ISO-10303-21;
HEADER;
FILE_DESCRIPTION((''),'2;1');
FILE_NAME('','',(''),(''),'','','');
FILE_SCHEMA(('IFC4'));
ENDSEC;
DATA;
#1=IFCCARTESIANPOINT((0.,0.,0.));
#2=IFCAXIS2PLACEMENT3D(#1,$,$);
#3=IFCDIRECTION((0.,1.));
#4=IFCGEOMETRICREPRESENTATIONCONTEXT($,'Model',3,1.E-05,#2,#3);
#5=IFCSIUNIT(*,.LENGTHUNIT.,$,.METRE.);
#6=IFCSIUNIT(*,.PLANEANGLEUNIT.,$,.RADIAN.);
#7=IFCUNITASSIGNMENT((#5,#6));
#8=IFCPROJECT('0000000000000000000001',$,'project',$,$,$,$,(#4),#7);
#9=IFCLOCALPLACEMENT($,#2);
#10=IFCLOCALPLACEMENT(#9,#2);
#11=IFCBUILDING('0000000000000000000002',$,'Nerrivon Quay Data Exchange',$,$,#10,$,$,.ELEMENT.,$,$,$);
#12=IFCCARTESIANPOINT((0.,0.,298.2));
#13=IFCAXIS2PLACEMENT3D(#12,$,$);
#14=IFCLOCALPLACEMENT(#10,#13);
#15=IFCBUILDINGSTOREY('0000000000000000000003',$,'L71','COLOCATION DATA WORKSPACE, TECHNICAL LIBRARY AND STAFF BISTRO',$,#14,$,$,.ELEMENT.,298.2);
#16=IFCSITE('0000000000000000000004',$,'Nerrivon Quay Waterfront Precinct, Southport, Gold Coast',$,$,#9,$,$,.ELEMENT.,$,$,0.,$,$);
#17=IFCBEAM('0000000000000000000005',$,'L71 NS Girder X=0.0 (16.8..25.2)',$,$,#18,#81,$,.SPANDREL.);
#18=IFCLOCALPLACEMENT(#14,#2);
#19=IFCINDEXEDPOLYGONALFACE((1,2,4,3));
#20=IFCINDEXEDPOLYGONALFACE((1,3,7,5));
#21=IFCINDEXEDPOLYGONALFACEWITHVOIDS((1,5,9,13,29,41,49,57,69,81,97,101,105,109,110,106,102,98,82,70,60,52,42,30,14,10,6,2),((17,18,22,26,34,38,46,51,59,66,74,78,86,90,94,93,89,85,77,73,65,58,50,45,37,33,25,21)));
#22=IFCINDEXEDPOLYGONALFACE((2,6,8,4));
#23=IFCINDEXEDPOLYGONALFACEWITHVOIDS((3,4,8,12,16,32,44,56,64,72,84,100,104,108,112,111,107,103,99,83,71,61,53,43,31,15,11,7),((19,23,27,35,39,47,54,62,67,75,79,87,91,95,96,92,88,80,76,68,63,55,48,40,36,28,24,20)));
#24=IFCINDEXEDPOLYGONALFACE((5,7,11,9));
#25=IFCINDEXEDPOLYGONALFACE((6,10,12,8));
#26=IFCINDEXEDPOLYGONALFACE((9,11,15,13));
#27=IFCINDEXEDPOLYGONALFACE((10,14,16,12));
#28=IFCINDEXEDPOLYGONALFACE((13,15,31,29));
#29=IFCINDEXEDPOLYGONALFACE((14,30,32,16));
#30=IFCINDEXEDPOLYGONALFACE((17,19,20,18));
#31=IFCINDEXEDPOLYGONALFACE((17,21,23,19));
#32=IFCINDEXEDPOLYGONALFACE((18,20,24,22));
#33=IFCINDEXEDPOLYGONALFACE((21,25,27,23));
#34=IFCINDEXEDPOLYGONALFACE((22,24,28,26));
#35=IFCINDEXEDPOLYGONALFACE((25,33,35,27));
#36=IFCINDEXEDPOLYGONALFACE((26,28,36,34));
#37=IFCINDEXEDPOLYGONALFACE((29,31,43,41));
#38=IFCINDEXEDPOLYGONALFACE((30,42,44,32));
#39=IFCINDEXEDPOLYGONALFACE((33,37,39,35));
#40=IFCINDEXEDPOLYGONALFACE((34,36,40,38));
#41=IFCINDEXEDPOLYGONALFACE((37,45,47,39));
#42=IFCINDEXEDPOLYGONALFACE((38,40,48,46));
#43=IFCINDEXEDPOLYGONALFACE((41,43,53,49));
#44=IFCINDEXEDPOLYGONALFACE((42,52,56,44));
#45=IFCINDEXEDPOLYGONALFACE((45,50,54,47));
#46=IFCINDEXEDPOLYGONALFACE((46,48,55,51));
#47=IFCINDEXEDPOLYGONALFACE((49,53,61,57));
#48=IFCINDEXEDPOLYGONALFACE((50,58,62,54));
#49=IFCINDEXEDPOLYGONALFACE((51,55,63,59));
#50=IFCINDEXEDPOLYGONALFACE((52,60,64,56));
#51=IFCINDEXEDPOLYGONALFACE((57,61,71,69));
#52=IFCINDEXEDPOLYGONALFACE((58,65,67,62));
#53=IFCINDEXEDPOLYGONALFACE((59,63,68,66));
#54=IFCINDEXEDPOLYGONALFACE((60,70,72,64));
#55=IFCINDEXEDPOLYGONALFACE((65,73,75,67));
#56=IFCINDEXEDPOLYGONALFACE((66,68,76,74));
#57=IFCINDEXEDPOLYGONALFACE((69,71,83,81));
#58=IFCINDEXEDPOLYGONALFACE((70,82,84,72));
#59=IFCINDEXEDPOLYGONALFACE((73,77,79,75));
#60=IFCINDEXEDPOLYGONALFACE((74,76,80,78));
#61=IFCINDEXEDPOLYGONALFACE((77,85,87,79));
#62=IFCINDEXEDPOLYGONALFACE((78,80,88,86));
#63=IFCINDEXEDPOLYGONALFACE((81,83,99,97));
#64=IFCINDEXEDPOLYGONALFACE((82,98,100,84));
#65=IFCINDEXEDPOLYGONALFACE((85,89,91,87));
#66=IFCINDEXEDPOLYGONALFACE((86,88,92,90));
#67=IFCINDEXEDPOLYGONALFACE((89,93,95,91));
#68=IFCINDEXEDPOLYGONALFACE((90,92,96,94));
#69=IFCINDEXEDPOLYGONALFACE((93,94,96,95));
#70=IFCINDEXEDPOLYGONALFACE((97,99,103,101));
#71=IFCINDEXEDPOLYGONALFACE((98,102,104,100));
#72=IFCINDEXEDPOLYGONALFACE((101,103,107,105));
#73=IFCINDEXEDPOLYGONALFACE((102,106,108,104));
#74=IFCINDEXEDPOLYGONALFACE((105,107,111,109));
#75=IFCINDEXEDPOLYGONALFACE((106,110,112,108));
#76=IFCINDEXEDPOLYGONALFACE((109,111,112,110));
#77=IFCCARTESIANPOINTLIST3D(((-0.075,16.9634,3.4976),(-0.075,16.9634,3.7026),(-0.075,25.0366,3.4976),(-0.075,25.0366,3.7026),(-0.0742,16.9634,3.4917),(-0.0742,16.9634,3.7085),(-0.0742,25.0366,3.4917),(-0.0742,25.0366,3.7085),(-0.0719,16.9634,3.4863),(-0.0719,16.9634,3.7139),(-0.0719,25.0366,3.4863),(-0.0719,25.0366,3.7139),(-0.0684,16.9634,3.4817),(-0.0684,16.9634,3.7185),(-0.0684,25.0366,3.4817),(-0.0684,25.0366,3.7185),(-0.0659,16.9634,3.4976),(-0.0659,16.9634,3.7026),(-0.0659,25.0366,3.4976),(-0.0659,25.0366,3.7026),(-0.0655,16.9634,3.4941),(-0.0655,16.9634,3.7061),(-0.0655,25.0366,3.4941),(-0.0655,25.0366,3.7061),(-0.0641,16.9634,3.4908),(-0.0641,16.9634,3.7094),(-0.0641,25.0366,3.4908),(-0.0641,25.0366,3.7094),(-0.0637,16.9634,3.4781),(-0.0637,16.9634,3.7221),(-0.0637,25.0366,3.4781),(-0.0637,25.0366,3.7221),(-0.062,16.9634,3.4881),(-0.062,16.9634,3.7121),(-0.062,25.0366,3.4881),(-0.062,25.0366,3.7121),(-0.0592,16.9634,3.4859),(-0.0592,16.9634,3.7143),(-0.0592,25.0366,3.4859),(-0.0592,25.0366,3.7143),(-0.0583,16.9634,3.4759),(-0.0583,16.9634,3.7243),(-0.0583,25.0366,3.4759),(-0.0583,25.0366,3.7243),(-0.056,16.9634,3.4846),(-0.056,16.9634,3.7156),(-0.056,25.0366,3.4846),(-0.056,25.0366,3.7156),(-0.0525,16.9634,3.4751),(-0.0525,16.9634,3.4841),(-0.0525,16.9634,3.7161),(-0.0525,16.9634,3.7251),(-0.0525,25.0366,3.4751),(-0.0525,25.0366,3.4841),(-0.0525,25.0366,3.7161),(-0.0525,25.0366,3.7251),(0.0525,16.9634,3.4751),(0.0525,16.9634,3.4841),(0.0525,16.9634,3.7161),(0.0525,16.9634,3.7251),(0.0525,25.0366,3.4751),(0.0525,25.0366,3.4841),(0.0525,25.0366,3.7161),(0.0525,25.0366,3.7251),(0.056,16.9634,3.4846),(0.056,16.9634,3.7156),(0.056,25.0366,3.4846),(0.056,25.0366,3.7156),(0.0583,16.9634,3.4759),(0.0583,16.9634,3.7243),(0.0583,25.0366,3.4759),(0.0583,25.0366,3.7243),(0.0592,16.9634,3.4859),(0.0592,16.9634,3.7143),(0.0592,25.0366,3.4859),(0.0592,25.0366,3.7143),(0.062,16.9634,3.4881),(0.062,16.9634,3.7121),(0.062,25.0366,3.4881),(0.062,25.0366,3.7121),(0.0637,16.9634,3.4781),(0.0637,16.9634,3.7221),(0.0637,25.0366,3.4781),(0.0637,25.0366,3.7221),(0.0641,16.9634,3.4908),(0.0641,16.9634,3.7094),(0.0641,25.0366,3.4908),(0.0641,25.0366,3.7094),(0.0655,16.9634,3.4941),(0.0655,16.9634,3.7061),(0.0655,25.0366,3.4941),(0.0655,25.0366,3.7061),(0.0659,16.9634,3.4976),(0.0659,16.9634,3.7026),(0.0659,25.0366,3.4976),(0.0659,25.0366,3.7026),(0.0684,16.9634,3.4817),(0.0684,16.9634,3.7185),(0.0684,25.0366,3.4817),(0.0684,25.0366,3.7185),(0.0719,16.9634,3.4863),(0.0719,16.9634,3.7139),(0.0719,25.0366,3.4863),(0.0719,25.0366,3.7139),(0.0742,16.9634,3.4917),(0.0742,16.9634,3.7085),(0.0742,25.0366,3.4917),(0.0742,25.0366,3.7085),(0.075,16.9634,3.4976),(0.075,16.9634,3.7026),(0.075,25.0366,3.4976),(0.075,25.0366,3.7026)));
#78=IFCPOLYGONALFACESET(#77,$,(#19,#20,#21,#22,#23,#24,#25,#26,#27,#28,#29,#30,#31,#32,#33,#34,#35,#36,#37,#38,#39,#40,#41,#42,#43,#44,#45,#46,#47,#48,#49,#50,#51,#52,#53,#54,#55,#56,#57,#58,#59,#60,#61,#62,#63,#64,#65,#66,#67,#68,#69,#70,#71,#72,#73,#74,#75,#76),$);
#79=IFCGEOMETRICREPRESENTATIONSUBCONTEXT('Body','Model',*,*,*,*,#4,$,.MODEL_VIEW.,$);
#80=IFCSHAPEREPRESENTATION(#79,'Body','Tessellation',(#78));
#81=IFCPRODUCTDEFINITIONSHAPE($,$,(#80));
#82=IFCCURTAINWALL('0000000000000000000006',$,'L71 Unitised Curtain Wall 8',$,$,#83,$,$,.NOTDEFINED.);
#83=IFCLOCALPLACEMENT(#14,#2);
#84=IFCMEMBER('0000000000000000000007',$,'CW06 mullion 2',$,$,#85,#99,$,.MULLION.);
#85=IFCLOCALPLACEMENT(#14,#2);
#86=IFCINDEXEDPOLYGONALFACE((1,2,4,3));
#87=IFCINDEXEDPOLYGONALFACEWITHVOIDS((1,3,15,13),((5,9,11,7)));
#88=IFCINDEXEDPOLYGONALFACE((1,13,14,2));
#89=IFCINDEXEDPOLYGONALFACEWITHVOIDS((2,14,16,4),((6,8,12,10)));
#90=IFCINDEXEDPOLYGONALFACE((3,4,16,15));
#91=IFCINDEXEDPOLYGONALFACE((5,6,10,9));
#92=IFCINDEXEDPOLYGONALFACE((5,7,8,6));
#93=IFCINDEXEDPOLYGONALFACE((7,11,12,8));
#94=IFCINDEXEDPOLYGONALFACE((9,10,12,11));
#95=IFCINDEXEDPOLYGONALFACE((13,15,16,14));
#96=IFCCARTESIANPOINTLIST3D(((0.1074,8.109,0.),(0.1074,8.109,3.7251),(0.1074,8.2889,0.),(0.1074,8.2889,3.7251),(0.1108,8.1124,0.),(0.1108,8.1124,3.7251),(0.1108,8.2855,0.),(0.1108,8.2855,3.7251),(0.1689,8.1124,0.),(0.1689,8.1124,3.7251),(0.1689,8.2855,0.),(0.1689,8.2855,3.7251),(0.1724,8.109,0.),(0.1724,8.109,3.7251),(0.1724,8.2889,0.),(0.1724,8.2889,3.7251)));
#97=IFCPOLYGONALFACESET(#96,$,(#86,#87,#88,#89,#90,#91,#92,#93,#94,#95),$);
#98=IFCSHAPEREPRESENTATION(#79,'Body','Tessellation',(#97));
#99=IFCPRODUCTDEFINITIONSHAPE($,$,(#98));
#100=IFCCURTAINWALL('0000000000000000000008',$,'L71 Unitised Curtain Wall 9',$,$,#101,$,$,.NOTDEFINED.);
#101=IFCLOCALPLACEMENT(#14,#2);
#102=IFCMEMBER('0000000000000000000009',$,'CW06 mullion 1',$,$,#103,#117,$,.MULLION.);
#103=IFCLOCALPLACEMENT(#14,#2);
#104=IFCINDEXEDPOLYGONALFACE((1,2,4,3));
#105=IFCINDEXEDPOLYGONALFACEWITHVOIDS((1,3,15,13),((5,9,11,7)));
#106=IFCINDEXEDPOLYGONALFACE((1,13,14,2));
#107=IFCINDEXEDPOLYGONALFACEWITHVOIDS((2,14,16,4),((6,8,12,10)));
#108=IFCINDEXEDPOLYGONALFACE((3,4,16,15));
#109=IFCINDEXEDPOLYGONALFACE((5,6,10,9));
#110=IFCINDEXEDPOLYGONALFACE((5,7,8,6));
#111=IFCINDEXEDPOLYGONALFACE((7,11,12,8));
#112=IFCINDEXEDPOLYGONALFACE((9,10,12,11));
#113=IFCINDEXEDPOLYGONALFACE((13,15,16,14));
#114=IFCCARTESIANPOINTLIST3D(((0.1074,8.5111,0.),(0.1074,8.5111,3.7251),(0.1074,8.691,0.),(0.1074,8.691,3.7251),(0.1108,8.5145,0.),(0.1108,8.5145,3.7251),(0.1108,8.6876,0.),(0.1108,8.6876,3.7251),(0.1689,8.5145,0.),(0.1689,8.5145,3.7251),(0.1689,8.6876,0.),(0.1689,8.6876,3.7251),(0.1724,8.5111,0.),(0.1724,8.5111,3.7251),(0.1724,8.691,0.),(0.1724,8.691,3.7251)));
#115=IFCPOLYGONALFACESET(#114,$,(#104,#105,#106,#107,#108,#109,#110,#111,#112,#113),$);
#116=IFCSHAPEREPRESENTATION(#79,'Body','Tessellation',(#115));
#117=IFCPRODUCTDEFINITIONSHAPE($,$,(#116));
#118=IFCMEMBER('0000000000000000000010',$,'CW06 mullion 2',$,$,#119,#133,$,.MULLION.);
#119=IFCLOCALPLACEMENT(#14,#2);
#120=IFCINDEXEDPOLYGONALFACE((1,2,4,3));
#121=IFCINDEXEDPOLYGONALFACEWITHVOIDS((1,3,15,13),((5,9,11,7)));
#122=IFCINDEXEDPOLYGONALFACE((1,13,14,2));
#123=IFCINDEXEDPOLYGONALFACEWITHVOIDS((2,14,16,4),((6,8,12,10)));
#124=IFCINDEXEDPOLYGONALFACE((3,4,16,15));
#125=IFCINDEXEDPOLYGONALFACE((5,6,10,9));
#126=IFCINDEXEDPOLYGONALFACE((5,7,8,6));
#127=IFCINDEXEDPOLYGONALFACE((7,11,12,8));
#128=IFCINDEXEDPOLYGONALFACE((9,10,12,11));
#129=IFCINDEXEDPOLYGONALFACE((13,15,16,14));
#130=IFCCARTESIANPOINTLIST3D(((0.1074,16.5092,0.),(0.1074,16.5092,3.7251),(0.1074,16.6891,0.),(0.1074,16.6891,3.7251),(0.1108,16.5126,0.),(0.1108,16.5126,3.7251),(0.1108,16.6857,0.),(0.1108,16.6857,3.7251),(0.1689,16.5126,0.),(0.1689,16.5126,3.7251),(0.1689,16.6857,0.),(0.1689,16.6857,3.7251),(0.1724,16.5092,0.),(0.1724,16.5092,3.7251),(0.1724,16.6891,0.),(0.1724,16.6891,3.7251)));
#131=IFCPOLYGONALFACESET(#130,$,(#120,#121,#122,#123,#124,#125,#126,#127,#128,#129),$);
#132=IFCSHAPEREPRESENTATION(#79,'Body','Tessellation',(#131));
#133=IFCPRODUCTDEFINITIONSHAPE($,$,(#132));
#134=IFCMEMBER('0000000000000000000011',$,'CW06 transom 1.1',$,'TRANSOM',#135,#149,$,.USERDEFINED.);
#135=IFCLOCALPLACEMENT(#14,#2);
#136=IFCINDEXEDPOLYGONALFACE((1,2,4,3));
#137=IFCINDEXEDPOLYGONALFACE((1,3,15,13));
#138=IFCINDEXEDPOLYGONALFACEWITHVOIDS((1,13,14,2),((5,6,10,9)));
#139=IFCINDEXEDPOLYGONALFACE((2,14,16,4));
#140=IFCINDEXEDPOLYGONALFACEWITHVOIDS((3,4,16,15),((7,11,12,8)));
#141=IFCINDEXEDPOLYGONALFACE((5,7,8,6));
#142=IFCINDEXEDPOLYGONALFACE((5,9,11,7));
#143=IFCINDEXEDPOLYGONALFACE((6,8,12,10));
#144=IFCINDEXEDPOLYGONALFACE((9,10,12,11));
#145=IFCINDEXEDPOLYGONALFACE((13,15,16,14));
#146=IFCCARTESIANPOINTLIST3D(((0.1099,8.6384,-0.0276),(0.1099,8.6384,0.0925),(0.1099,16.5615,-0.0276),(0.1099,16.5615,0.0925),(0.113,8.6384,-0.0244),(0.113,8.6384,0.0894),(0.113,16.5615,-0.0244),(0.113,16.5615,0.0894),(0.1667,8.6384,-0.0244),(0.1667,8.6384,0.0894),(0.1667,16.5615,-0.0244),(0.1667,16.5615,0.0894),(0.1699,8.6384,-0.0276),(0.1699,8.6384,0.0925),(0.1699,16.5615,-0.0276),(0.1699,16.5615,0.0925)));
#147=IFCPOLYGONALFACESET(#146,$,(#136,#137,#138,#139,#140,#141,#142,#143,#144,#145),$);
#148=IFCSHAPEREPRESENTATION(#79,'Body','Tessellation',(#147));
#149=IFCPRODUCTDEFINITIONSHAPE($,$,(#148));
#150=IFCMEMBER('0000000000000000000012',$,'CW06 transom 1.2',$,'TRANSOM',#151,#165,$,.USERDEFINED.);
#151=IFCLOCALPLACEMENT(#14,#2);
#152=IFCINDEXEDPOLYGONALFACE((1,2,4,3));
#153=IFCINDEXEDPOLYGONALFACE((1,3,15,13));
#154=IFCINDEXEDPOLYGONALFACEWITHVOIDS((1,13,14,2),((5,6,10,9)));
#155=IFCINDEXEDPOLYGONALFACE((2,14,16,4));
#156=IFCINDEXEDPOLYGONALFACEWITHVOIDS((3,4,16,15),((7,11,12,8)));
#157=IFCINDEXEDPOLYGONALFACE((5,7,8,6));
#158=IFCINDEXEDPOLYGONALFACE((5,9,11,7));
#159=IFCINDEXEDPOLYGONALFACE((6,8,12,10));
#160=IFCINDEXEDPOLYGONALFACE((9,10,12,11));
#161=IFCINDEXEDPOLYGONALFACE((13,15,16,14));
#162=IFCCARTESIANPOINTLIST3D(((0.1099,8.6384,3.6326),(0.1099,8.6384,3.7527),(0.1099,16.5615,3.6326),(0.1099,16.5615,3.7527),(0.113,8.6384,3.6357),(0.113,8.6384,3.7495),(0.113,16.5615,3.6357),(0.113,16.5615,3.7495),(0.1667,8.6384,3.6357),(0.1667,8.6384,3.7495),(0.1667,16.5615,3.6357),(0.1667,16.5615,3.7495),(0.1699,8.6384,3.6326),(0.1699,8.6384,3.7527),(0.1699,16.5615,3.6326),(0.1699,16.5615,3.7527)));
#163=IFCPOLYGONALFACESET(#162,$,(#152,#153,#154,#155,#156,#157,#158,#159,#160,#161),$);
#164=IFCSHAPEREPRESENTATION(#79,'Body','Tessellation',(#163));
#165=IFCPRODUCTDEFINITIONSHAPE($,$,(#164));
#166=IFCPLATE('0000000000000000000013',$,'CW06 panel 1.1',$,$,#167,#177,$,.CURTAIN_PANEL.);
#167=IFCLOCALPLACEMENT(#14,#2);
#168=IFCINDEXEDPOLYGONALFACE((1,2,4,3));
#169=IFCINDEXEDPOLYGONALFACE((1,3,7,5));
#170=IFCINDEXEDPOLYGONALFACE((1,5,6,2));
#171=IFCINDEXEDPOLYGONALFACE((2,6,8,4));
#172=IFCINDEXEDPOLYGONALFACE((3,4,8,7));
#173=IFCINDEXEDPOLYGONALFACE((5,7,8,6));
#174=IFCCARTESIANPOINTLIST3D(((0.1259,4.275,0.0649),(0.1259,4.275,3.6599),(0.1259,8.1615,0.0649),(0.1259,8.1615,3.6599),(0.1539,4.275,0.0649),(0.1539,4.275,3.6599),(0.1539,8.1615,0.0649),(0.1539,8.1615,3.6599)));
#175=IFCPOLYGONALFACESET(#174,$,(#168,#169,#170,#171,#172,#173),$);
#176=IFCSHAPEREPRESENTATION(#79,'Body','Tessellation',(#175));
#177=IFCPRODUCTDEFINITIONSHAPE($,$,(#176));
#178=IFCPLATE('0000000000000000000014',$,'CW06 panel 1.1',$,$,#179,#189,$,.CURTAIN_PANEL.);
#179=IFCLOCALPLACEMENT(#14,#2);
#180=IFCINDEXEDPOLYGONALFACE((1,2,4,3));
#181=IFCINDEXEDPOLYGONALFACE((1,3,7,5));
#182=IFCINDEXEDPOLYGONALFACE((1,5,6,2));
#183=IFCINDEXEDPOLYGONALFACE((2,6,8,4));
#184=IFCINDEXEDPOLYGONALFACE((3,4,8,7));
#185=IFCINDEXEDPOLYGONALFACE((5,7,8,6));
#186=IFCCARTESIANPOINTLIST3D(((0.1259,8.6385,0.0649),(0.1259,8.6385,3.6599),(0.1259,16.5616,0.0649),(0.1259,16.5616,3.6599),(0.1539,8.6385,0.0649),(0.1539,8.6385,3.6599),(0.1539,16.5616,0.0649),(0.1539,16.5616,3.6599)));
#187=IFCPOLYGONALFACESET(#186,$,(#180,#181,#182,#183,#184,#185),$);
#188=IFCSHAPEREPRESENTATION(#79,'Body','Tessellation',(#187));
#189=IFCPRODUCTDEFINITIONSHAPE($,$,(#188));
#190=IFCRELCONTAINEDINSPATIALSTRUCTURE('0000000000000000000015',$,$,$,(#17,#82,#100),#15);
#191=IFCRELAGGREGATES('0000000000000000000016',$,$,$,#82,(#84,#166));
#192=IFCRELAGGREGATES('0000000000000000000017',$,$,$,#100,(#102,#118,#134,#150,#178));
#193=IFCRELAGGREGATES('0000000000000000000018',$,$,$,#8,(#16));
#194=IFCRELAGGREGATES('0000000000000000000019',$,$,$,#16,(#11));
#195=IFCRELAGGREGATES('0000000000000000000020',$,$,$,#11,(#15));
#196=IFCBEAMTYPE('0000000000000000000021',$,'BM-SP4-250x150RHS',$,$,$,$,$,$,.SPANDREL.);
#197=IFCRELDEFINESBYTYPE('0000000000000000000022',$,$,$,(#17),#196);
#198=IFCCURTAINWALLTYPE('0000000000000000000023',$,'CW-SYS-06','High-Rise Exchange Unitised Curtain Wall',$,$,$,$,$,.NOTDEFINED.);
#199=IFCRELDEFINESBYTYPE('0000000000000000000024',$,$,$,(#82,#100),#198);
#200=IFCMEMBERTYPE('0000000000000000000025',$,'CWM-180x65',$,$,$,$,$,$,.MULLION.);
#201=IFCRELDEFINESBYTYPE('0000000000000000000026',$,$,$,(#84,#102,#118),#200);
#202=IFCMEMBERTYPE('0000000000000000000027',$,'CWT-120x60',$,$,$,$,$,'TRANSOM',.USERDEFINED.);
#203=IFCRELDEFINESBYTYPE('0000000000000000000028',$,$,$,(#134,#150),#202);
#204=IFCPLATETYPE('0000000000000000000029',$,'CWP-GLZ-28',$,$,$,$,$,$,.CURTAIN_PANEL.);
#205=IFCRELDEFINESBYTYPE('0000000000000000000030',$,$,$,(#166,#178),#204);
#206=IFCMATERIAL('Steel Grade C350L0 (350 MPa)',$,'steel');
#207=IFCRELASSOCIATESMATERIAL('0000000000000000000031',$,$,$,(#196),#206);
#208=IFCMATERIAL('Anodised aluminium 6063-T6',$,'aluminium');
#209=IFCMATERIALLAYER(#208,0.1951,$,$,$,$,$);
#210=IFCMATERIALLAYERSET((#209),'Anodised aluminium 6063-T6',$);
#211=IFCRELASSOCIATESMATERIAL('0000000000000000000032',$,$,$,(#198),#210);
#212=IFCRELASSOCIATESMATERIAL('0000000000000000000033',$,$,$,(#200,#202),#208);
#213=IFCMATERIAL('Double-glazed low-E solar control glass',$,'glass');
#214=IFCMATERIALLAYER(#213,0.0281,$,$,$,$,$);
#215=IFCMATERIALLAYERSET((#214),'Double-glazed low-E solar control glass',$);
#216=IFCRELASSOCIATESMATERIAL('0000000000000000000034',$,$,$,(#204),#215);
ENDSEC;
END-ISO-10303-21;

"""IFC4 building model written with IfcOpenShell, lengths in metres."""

from ifc_helpers import new_model, si_unit, direction, frame, origin, origin_2d, place, context, subcontext, project, spatial, rectangle, hollow_rectangle, extrude, material, layer, layer_set, material_profile, profile_set, type_object, element, aggregate, save


model = new_model("IFC4")

# Units and contexts
model_context = context("Model", 3, precision=1e-05, world=origin(), true_north=direction((0.0, 1.0)))
body_context = subcontext(model_context, "Body", "Model", "MODEL_VIEW")
ifc_project = project(units=[si_unit("LENGTHUNIT", "METRE"), si_unit("PLANEANGLEUNIT", "RADIAN")], contexts=[model_context])

# Site, building, storey
site_placement = place(None, origin())
site = spatial("IfcSite", under=ifc_project, at=site_placement, Name="Nerrivon Quay Waterfront Precinct, Southport, Gold Coast", CompositionType="ELEMENT", RefElevation=0.0)
building_placement = place(site_placement, origin())
building = spatial("IfcBuilding", under=site, at=building_placement, Name="Nerrivon Quay Data Exchange", CompositionType="ELEMENT")
storey_placement = place(building_placement, frame((0.0, 0.0, 298.2)))
storey = spatial("IfcBuildingStorey", under=building, at=storey_placement, Name="L71", Description="COLOCATION DATA WORKSPACE, TECHNICAL LIBRARY AND STAFF BISTRO", CompositionType="ELEMENT", Elevation=298.2)

# Beam
ifc_material_1 = material(Name="Steel Grade C350L0 (350 MPa)", Category="steel")
ifc_material_profile_1 = material_profile(ifc_material_1, hollow_rectangle(XDim=0.1499, YDim=0.25, WallThickness=0.009, InnerFilletRadius=0.0134, OuterFilletRadius=0.0225, at=origin_2d()), Name="250x150x9.0RHS")
ifc_profile_set_1 = profile_set([ifc_material_profile_1], Name="Steel Grade C350L0 (350 MPa)")
beam_type_1 = type_object("IfcBeamType", Name="BM-SP4-250x150RHS", PredefinedType="SPANDREL", material=ifc_profile_set_1)
beam_1_placement = place(storey_placement, frame((0.0, 16.9634, 3.6001), z_axis=(0.0, 1.0, 0.0), x_axis=(-1.0, 0.0, 0.0)))
element("IfcBeam", 1, at=beam_1_placement, inside=storey, type_object=beam_type_1, Name="L71 NS Girder X=0.0 (16.8..25.2)", PredefinedType="SPANDREL", context=body_context, shape_type="SweptSolid", body=[
    extrude(hollow_rectangle(XDim=0.1499, YDim=0.25, WallThickness=0.009, InnerFilletRadius=0.0134, OuterFilletRadius=0.0225, at=origin_2d()), origin(), (0.0, 0.0, 1.0), 8.0732),
])

# Curtain wall, member
ifc_material_2 = material(Name="Anodised aluminium 6063-T6", Category="aluminium")
ifc_layer_1 = layer(ifc_material_2, 0.1951)
ifc_layer_set_1 = layer_set([ifc_layer_1], Name="Anodised aluminium 6063-T6")
curtain_wall_type = type_object("IfcCurtainWallType", Name="CW-SYS-06", Description="High-Rise Exchange Unitised Curtain Wall", PredefinedType="NOTDEFINED", material=ifc_layer_set_1)
curtain_wall_1_placement = place(storey_placement, origin())
curtain_wall_1 = element("IfcCurtainWall", 2, at=curtain_wall_1_placement, inside=storey, type_object=curtain_wall_type, Name="L71 Unitised Curtain Wall 8", PredefinedType="NOTDEFINED")
ifc_material_profile_2 = material_profile(ifc_material_2, hollow_rectangle(XDim=0.0649, YDim=0.1799, WallThickness=0.0034, at=origin_2d()), Name="ALU-MULL-180x65")
ifc_profile_set_2 = profile_set([ifc_material_profile_2], Name="Anodised aluminium 6063-T6")
member_type_1 = type_object("IfcMemberType", Name="CWM-180x65", PredefinedType="MULLION", material=ifc_profile_set_2)
member_1_placement = place(storey_placement, frame((0.1399, 8.199, 0.0), z_axis=(0.0, 0.0, 1.0), x_axis=(-1.0, 0.0, 0.0)))
member_1 = element("IfcMember", 3, at=member_1_placement, type_object=member_type_1, Name="CW06 mullion 2", PredefinedType="MULLION", context=body_context, shape_type="SweptSolid", body=[
    extrude(hollow_rectangle(XDim=0.0649, YDim=0.1799, WallThickness=0.0034, at=origin_2d()), origin(), (0.0, 0.0, 1.0), 3.7251),
])

# Curtain wall, members
curtain_wall_2_placement = place(storey_placement, origin())
curtain_wall_2 = element("IfcCurtainWall", 4, at=curtain_wall_2_placement, inside=storey, type_object=curtain_wall_type, Name="L71 Unitised Curtain Wall 9", PredefinedType="NOTDEFINED")
member_2_placement = place(storey_placement, frame((0.1399, 8.6011, 0.0), z_axis=(0.0, 0.0, 1.0), x_axis=(-1.0, 0.0, 0.0)))
member_2 = element("IfcMember", 5, at=member_2_placement, type_object=member_type_1, Name="CW06 mullion 1", PredefinedType="MULLION", context=body_context, shape_type="SweptSolid", body=[
    extrude(hollow_rectangle(XDim=0.0649, YDim=0.1799, WallThickness=0.0034, at=origin_2d()), origin(), (0.0, 0.0, 1.0), 3.7251),
])
member_3_placement = place(storey_placement, frame((0.1399, 16.5991, 0.0), z_axis=(0.0, 0.0, 1.0), x_axis=(-1.0, 0.0, 0.0)))
member_3 = element("IfcMember", 6, at=member_3_placement, type_object=member_type_1, Name="CW06 mullion 2", PredefinedType="MULLION", context=body_context, shape_type="SweptSolid", body=[
    extrude(hollow_rectangle(XDim=0.0649, YDim=0.1799, WallThickness=0.0034, at=origin_2d()), origin(), (0.0, 0.0, 1.0), 3.7251),
])
ifc_material_profile_3 = material_profile(ifc_material_2, hollow_rectangle(XDim=0.0601, YDim=0.1201, WallThickness=0.0032, at=origin_2d()), Name="ALU-TRAN-120x60")
ifc_profile_set_3 = profile_set([ifc_material_profile_3], Name="Anodised aluminium 6063-T6")
member_type_2 = type_object("IfcMemberType", Name="CWT-120x60", ElementType="TRANSOM", PredefinedType="USERDEFINED", material=ifc_profile_set_3)
member_4_placement = place(storey_placement, frame((0.1399, 8.6384, 0.0325), z_axis=(0.0, 1.0, 0.0), x_axis=(-1.0, 0.0, 0.0)))
member_4 = element("IfcMember", 7, at=member_4_placement, type_object=member_type_2, Name="CW06 transom 1.1", ObjectType="TRANSOM", PredefinedType="USERDEFINED", context=body_context, shape_type="SweptSolid", body=[
    extrude(hollow_rectangle(XDim=0.0601, YDim=0.1201, WallThickness=0.0032, at=origin_2d()), origin(), (0.0, 0.0, 1.0), 7.9231),
])
member_5_placement = place(storey_placement, frame((0.1399, 8.6384, 3.6926), z_axis=(0.0, 1.0, 0.0), x_axis=(-1.0, 0.0, 0.0)))
member_5 = element("IfcMember", 8, at=member_5_placement, type_object=member_type_2, Name="CW06 transom 1.2", ObjectType="TRANSOM", PredefinedType="USERDEFINED", context=body_context, shape_type="SweptSolid", body=[
    extrude(hollow_rectangle(XDim=0.0601, YDim=0.1201, WallThickness=0.0032, at=origin_2d()), origin(), (0.0, 0.0, 1.0), 7.9231),
])

# Plates
ifc_material_3 = material(Name="Double-glazed low-E solar control glass", Category="glass")
ifc_layer_2 = layer(ifc_material_3, 0.0281)
ifc_layer_set_2 = layer_set([ifc_layer_2], Name="Double-glazed low-E solar control glass")
plate_type = type_object("IfcPlateType", Name="CWP-GLZ-28", PredefinedType="CURTAIN_PANEL", material=ifc_layer_set_2)
plate_1_placement = place(storey_placement, frame((0.1399, 6.2183, 0.0649), z_axis=(0.0, 0.0, 1.0), x_axis=(0.0, 1.0, 0.0)))
plate_1 = element("IfcPlate", 9, at=plate_1_placement, type_object=plate_type, Name="CW06 panel 1.1", PredefinedType="CURTAIN_PANEL", context=body_context, shape_type="SweptSolid", body=[
    extrude(rectangle(XDim=3.8865, YDim=0.0281, at=origin_2d()), origin(), (0.0, 0.0, 1.0), 3.595),
])
aggregate(curtain_wall_1, [member_1, plate_1])
plate_2_placement = place(storey_placement, frame((0.1399, 12.6001, 0.0649), z_axis=(0.0, 0.0, 1.0), x_axis=(0.0, 1.0, 0.0)))
plate_2 = element("IfcPlate", 10, at=plate_2_placement, type_object=plate_type, Name="CW06 panel 1.1", PredefinedType="CURTAIN_PANEL", context=body_context, shape_type="SweptSolid", body=[
    extrude(rectangle(XDim=7.9231, YDim=0.0281, at=origin_2d()), origin(), (0.0, 0.0, 1.0), 3.595),
])
aggregate(curtain_wall_2, [member_2, member_3, member_4, member_5, plate_2])

save(model, "model.ifc")
